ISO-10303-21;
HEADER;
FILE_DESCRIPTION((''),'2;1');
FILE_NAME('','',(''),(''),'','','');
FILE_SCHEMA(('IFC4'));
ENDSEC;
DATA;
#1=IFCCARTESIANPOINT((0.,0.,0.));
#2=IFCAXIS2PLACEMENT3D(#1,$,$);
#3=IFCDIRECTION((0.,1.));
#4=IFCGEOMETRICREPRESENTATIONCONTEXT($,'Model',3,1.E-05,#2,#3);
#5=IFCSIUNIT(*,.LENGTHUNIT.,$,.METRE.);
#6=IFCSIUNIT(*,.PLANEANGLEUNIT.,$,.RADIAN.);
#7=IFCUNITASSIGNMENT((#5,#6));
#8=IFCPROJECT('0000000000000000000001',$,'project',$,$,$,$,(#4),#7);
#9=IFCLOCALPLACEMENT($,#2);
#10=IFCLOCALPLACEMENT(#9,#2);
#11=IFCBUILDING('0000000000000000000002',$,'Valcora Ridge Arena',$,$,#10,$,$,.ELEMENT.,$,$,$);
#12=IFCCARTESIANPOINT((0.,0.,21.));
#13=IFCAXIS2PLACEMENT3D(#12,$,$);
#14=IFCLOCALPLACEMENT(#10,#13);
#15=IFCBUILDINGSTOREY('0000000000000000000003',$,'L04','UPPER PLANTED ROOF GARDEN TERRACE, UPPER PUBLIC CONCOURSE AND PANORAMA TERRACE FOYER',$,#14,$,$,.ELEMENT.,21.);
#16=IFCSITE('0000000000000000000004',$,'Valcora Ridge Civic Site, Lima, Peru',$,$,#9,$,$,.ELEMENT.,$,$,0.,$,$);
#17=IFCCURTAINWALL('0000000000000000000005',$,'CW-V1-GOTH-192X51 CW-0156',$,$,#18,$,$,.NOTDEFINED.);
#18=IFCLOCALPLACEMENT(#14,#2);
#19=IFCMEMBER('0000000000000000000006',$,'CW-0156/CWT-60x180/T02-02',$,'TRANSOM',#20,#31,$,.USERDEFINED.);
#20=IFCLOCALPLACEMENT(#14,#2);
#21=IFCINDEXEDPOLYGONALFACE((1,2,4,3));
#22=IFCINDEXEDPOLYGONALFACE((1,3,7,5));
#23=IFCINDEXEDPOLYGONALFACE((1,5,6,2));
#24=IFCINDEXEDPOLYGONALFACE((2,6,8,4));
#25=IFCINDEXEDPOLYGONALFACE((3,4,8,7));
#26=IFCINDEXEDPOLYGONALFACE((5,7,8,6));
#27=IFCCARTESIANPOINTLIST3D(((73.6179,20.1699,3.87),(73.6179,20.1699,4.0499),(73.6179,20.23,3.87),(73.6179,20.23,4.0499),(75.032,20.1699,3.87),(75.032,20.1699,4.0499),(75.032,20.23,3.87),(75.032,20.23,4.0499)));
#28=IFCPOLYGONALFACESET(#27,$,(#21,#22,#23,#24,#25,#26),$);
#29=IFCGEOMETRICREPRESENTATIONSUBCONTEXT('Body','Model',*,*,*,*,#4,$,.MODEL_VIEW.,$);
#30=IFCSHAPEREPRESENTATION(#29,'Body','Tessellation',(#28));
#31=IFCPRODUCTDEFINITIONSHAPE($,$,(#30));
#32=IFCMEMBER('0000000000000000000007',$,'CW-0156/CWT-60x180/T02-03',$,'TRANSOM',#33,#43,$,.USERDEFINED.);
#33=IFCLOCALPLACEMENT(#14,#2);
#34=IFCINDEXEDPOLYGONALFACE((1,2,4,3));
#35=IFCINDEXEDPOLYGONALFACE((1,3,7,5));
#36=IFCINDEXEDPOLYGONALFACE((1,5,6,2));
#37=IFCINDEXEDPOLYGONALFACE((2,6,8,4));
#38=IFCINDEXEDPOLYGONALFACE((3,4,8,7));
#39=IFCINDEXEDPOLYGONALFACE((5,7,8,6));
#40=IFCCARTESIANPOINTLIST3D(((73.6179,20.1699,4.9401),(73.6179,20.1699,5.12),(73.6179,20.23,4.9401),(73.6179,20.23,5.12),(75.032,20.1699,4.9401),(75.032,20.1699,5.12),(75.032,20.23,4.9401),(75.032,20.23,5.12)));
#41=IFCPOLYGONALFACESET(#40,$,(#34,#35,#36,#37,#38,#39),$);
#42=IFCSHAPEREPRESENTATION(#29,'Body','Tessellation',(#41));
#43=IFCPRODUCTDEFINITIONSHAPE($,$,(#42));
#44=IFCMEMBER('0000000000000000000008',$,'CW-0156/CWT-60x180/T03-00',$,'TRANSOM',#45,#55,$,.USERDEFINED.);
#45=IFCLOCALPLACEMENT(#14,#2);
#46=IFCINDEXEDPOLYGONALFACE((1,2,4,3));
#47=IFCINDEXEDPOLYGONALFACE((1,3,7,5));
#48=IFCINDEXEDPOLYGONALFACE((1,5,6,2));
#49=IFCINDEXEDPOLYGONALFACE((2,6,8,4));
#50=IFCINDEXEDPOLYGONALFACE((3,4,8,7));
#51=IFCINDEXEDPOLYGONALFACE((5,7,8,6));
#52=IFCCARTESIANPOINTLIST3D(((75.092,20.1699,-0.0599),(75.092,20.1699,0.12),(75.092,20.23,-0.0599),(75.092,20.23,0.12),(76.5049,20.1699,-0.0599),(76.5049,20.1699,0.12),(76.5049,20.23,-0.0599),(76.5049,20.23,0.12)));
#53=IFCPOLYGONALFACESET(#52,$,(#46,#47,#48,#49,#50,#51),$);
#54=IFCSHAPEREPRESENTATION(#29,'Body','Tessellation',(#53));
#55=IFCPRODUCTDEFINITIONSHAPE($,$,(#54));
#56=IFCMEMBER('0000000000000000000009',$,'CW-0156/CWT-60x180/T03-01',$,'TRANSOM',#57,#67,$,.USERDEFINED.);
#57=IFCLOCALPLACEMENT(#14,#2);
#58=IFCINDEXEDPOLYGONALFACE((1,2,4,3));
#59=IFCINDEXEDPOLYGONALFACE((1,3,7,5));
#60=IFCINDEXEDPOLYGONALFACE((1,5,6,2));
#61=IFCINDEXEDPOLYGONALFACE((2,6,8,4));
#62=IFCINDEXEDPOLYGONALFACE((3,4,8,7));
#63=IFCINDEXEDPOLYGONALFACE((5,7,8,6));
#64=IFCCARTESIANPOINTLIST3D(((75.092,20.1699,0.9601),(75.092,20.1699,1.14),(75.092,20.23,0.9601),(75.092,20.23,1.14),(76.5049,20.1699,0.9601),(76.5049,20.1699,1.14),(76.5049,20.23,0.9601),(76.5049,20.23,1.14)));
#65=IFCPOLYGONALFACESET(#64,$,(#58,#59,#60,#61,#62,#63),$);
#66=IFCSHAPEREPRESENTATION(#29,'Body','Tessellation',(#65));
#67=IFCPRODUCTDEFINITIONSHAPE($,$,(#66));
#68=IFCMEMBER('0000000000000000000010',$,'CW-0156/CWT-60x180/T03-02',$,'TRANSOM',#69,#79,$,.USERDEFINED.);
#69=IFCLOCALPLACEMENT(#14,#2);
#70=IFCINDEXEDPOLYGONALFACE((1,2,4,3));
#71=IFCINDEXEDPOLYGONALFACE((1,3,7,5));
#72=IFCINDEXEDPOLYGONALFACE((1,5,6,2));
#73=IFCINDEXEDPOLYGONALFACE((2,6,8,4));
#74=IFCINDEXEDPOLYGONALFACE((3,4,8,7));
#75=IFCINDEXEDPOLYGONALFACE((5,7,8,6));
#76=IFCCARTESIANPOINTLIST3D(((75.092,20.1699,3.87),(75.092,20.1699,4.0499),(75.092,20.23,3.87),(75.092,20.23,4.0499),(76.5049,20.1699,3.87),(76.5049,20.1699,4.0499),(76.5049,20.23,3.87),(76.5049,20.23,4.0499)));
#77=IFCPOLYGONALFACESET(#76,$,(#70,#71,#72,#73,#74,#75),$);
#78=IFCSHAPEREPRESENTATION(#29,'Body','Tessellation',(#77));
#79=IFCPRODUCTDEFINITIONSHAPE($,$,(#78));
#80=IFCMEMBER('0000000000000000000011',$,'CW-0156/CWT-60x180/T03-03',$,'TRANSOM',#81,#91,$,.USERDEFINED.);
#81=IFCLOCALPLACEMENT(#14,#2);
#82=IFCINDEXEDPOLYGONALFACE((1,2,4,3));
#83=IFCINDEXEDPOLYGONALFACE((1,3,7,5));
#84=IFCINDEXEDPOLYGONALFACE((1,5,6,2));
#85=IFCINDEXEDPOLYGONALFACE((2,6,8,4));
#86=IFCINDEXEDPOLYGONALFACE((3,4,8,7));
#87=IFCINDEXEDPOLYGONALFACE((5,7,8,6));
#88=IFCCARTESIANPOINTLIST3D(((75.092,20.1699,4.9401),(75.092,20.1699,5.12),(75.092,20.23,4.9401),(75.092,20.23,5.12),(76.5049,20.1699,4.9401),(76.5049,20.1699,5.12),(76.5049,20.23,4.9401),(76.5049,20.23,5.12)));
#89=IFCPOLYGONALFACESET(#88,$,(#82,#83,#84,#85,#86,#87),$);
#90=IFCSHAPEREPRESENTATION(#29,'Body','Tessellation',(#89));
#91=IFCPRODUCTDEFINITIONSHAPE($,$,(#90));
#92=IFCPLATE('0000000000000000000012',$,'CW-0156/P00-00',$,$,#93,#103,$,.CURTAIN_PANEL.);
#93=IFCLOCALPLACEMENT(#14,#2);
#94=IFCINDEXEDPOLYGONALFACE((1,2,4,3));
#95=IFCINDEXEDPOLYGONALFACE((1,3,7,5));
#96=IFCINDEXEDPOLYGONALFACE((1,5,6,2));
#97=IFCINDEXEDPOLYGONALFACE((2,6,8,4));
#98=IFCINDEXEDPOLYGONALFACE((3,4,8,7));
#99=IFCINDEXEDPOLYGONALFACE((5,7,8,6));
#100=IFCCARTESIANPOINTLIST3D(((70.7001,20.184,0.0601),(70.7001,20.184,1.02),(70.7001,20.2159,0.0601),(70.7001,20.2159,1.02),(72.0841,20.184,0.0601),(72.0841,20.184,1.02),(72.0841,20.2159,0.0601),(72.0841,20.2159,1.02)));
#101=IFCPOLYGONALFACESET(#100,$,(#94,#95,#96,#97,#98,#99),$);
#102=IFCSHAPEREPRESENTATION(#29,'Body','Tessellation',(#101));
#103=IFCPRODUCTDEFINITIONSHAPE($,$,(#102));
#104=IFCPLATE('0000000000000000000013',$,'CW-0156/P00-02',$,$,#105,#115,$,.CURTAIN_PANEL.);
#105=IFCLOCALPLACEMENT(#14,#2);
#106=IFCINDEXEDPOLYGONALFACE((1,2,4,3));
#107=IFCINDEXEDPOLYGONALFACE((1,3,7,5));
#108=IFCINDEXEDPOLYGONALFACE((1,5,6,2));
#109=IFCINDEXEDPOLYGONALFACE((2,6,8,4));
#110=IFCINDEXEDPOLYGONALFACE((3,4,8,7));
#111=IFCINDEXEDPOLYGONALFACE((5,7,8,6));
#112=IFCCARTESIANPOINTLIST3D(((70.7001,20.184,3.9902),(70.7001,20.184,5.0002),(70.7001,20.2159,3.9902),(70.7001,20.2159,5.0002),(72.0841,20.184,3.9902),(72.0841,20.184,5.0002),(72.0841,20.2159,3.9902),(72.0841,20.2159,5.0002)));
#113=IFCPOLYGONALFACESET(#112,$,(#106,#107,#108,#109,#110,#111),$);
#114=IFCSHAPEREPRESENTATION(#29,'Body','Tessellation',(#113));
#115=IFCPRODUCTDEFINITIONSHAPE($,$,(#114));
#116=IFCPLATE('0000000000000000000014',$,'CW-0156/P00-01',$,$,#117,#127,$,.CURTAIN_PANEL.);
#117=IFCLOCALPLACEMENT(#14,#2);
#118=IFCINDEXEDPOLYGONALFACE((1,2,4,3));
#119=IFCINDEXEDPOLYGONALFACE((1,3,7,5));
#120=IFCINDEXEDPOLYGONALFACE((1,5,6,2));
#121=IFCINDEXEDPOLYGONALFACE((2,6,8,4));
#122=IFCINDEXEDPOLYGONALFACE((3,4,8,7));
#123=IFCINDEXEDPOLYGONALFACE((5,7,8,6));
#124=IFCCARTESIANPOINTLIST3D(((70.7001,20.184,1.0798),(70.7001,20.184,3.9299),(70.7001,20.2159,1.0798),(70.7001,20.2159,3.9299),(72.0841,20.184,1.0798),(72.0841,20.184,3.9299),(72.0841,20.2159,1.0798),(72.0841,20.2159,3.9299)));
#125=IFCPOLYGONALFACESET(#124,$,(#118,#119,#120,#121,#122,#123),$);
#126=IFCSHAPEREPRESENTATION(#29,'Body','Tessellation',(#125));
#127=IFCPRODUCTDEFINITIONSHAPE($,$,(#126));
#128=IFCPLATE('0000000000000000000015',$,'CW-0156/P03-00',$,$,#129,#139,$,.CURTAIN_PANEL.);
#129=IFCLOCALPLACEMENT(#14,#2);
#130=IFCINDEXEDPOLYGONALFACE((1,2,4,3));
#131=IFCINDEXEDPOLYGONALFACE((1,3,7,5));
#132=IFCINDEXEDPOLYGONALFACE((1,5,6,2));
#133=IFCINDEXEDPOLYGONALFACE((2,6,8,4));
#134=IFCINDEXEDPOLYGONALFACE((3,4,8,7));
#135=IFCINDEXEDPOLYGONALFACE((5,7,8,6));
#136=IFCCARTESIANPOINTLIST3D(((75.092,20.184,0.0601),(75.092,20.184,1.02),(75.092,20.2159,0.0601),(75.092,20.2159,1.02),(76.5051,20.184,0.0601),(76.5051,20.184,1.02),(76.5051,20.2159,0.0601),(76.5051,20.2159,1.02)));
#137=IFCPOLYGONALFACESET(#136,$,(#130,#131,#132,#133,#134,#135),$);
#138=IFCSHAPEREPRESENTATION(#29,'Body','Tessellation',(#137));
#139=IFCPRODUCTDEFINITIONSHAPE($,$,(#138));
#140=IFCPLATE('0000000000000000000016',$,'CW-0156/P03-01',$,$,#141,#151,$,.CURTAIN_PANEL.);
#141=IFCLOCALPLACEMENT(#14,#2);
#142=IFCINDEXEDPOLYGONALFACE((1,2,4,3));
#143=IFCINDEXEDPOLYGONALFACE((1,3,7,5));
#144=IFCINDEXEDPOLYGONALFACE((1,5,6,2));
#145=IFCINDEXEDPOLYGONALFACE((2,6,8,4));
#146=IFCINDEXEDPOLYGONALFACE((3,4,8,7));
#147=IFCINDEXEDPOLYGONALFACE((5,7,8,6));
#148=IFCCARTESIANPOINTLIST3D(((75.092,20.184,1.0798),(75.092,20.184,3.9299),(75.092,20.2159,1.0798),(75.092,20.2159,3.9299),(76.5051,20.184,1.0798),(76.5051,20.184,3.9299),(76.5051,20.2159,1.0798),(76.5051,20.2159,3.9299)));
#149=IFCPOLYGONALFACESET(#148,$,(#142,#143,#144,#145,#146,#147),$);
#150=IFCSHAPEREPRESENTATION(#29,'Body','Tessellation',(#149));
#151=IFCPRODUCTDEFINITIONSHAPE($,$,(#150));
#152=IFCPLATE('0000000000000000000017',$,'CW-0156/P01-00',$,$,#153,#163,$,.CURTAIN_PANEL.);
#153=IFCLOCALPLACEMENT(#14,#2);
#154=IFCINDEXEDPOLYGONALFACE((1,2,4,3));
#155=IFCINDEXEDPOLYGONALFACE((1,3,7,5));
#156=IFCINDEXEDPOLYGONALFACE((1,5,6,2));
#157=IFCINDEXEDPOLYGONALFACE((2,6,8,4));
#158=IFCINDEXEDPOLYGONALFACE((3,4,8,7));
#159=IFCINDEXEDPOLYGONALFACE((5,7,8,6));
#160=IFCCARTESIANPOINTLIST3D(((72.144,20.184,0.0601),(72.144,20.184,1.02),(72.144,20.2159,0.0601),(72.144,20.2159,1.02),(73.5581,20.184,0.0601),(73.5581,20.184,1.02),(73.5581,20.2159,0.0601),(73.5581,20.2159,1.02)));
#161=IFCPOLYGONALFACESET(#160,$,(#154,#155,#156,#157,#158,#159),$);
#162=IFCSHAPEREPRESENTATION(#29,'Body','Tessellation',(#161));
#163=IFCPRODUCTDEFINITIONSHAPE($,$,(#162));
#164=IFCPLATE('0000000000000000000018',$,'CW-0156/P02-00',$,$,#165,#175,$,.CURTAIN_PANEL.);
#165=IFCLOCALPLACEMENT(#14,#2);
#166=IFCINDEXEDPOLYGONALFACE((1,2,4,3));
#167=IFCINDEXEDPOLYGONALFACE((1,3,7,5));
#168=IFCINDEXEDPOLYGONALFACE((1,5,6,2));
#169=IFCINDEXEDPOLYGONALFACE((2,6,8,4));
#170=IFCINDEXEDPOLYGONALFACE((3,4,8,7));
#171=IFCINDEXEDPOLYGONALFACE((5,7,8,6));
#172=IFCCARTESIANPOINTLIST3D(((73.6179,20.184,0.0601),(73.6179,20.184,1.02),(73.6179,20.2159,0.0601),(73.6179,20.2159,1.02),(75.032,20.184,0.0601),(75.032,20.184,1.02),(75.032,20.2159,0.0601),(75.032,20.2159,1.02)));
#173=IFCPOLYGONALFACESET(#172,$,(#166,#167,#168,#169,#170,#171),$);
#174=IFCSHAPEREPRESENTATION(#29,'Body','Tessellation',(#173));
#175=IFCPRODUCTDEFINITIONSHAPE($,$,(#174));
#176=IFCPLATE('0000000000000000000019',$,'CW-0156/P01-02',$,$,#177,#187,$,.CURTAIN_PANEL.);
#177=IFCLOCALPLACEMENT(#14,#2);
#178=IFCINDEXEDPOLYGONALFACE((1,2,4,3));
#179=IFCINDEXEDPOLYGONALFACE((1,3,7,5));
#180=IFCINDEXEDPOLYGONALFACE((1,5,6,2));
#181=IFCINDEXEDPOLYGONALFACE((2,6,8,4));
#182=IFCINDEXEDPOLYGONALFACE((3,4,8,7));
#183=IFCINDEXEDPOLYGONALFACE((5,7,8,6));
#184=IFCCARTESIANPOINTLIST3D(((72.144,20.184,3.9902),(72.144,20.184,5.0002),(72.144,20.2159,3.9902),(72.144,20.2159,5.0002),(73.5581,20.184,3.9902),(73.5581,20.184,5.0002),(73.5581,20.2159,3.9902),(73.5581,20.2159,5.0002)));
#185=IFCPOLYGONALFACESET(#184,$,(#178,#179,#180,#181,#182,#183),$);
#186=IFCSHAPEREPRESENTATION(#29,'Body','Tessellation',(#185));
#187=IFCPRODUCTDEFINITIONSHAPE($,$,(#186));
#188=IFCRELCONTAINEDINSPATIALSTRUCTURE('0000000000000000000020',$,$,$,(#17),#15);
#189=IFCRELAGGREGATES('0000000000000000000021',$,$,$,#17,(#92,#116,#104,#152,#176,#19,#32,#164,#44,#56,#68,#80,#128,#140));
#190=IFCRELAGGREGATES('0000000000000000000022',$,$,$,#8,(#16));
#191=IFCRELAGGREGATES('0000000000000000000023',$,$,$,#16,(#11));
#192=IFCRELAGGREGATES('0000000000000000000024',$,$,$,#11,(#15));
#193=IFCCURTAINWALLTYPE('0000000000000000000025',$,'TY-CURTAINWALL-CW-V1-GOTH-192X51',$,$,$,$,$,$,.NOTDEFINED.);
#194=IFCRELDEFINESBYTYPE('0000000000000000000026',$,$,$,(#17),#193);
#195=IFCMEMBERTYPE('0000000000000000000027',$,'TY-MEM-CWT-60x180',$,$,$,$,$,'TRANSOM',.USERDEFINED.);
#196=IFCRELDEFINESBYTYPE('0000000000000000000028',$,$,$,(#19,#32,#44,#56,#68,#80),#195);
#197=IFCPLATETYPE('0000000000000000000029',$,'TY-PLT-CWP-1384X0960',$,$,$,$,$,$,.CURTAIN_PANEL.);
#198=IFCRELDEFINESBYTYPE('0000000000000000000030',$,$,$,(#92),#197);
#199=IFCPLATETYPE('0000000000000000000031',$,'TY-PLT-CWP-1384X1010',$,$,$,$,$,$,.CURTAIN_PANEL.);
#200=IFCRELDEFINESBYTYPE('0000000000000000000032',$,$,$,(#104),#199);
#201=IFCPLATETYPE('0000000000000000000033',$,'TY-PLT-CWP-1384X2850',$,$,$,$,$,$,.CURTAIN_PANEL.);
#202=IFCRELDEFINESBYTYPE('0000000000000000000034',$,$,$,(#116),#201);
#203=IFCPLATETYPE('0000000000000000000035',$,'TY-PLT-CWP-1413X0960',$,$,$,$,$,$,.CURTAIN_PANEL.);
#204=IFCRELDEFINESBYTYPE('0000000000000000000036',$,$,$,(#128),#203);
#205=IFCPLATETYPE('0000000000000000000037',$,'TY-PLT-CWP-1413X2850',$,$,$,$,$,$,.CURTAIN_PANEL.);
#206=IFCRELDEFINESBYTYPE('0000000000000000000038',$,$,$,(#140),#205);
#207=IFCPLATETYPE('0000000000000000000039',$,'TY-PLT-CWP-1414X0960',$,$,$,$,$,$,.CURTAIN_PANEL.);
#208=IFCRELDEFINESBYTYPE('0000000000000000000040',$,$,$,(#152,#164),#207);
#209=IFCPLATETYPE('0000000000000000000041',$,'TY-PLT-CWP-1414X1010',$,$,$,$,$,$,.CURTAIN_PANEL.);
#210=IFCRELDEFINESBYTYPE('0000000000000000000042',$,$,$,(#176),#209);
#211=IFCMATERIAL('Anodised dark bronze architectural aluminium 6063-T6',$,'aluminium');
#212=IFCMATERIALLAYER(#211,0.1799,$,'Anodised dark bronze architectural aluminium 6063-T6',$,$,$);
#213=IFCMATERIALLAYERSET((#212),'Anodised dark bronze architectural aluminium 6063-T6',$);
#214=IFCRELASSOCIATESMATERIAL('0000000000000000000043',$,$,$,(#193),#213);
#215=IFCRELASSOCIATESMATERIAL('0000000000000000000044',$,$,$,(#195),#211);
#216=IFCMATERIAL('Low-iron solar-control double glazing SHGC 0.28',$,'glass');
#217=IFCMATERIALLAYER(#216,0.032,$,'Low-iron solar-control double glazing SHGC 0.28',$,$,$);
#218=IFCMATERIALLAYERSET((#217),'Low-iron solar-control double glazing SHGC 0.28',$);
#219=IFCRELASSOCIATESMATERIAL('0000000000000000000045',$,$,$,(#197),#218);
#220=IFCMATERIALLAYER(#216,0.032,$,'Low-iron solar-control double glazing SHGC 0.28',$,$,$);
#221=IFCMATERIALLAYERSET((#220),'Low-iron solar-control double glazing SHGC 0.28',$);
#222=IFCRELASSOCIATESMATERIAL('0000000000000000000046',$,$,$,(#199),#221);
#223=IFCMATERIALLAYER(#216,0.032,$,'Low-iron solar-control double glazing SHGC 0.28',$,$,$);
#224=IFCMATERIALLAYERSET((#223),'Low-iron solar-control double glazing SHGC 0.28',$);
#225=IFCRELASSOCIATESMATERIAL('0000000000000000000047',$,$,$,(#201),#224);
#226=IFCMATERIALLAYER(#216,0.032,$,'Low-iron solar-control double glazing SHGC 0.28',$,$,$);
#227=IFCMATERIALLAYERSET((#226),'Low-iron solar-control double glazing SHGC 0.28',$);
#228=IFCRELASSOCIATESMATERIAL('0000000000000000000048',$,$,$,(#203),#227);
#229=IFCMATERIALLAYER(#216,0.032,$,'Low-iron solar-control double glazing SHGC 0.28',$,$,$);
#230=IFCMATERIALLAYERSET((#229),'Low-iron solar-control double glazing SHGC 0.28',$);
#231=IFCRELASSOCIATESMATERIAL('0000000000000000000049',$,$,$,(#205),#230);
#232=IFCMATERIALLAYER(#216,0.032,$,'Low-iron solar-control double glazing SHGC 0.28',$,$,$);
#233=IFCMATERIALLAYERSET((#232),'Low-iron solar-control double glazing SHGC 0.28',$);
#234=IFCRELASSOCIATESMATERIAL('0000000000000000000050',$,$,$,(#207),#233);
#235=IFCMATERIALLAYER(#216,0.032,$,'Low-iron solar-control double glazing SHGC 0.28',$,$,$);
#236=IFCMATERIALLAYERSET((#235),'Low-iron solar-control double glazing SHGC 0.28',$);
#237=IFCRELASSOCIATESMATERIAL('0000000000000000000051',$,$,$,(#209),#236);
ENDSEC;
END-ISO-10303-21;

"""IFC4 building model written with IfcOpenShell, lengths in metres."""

from ifc_helpers import new_model, si_unit, direction, frame, origin, origin_2d, place, context, subcontext, project, spatial, rectangle, extrude, material, layer, layer_set, material_profile, profile_set, type_object, element, aggregate, save


model = new_model("IFC4")

# Units and contexts
model_context = context("Model", 3, precision=1e-05, world=origin(), true_north=direction((0.0, 1.0)))
body_context = subcontext(model_context, "Body", "Model", "MODEL_VIEW")
ifc_project = project(units=[si_unit("LENGTHUNIT", "METRE"), si_unit("PLANEANGLEUNIT", "RADIAN")], contexts=[model_context])

# Site, building, storey
site_placement = place(None, origin())
site = spatial("IfcSite", under=ifc_project, at=site_placement, Name="Valcora Ridge Civic Site, Lima, Peru", CompositionType="ELEMENT", RefElevation=0.0)
building_placement = place(site_placement, origin())
building = spatial("IfcBuilding", under=site, at=building_placement, Name="Valcora Ridge Arena", CompositionType="ELEMENT")
storey_placement = place(building_placement, frame((0.0, 0.0, 21.0)))
storey = spatial("IfcBuildingStorey", under=building, at=storey_placement, Name="L04", Description="UPPER PLANTED ROOF GARDEN TERRACE, UPPER PUBLIC CONCOURSE AND PANORAMA TERRACE FOYER", CompositionType="ELEMENT", Elevation=21.0)

# Shared definitions
ifc_material_1 = material(Name="Anodised dark bronze architectural aluminium 6063-T6", Category="aluminium")

# Curtain wall, members, plates
ifc_layer_1 = layer(ifc_material_1, 0.1799, Name="Anodised dark bronze architectural aluminium 6063-T6")
ifc_layer_set_1 = layer_set([ifc_layer_1], Name="Anodised dark bronze architectural aluminium 6063-T6")
curtain_wall_type_1 = type_object("IfcCurtainWallType", Name="TY-CURTAINWALL-CW-V1-GOTH-192X51", PredefinedType="NOTDEFINED", material=ifc_layer_set_1)
curtain_wall_1_placement = place(storey_placement, origin())
curtain_wall_1 = element("IfcCurtainWall", 1, at=curtain_wall_1_placement, inside=storey, type_object=curtain_wall_type_1, Name="CW-V1-GOTH-192X51 CW-0156", PredefinedType="NOTDEFINED")
ifc_material_profile_1 = material_profile(ifc_material_1, rectangle(XDim=0.0601, YDim=0.1799, at=origin_2d()), Name="ALU TRANSOM 60x180")
ifc_profile_set_1 = profile_set([ifc_material_profile_1], Name="Anodised dark bronze architectural aluminium 6063-T6")
member_type_1 = type_object("IfcMemberType", Name="TY-MEM-CWT-60x180", ElementType="TRANSOM", PredefinedType="USERDEFINED", material=ifc_profile_set_1)
member_1_placement = place(storey_placement, frame((73.6179, 20.2, 3.96), z_axis=(1.0, 0.0, 0.0), x_axis=(0.0, 1.0, 0.0)))
member_1 = element("IfcMember", 2, at=member_1_placement, type_object=member_type_1, Name="CW-0156/CWT-60x180/T02-02", ObjectType="TRANSOM", PredefinedType="USERDEFINED", context=body_context, shape_type="SweptSolid", body=[
    extrude(rectangle(XDim=0.0601, YDim=0.1799, at=origin_2d()), origin(), (0.0, 0.0, 1.0), 1.4141),
])
member_2_placement = place(storey_placement, frame((73.6179, 20.2, 5.03), z_axis=(1.0, 0.0, 0.0), x_axis=(0.0, 1.0, 0.0)))
member_2 = element("IfcMember", 3, at=member_2_placement, type_object=member_type_1, Name="CW-0156/CWT-60x180/T02-03", ObjectType="TRANSOM", PredefinedType="USERDEFINED", context=body_context, shape_type="SweptSolid", body=[
    extrude(rectangle(XDim=0.0601, YDim=0.1799, at=origin_2d()), origin(), (0.0, 0.0, 1.0), 1.4141),
])
member_3_placement = place(storey_placement, frame((75.092, 20.2, 0.03), z_axis=(1.0, 0.0, 0.0), x_axis=(0.0, 1.0, 0.0)))
member_3 = element("IfcMember", 4, at=member_3_placement, type_object=member_type_1, Name="CW-0156/CWT-60x180/T03-00", ObjectType="TRANSOM", PredefinedType="USERDEFINED", context=body_context, shape_type="SweptSolid", body=[
    extrude(rectangle(XDim=0.0601, YDim=0.1799, at=origin_2d()), origin(), (0.0, 0.0, 1.0), 1.4128),
])
member_4_placement = place(storey_placement, frame((75.092, 20.2, 1.05), z_axis=(1.0, 0.0, 0.0), x_axis=(0.0, 1.0, 0.0)))
member_4 = element("IfcMember", 5, at=member_4_placement, type_object=member_type_1, Name="CW-0156/CWT-60x180/T03-01", ObjectType="TRANSOM", PredefinedType="USERDEFINED", context=body_context, shape_type="SweptSolid", body=[
    extrude(rectangle(XDim=0.0601, YDim=0.1799, at=origin_2d()), origin(), (0.0, 0.0, 1.0), 1.4128),
])
member_5_placement = place(storey_placement, frame((75.092, 20.2, 3.96), z_axis=(1.0, 0.0, 0.0), x_axis=(0.0, 1.0, 0.0)))
member_5 = element("IfcMember", 6, at=member_5_placement, type_object=member_type_1, Name="CW-0156/CWT-60x180/T03-02", ObjectType="TRANSOM", PredefinedType="USERDEFINED", context=body_context, shape_type="SweptSolid", body=[
    extrude(rectangle(XDim=0.0601, YDim=0.1799, at=origin_2d()), origin(), (0.0, 0.0, 1.0), 1.4128),
])
member_6_placement = place(storey_placement, frame((75.092, 20.2, 5.03), z_axis=(1.0, 0.0, 0.0), x_axis=(0.0, 1.0, 0.0)))
member_6 = element("IfcMember", 7, at=member_6_placement, type_object=member_type_1, Name="CW-0156/CWT-60x180/T03-03", ObjectType="TRANSOM", PredefinedType="USERDEFINED", context=body_context, shape_type="SweptSolid", body=[
    extrude(rectangle(XDim=0.0601, YDim=0.1799, at=origin_2d()), origin(), (0.0, 0.0, 1.0), 1.4128),
])
ifc_material_2 = material(Name="Low-iron solar-control double glazing SHGC 0.28", Category="glass")
ifc_layer_2 = layer(ifc_material_2, 0.032, Name="Low-iron solar-control double glazing SHGC 0.28")
ifc_layer_set_2 = layer_set([ifc_layer_2], Name="Low-iron solar-control double glazing SHGC 0.28")
plate_type_1 = type_object("IfcPlateType", Name="TY-PLT-CWP-1384X0960", PredefinedType="CURTAIN_PANEL", material=ifc_layer_set_2)
plate_1_placement = place(storey_placement, frame((71.3921, 20.2, 0.0601), z_axis=(0.0, 0.0, 1.0), x_axis=(1.0, 0.0, 0.0)))
plate_1 = element("IfcPlate", 8, at=plate_1_placement, type_object=plate_type_1, Name="CW-0156/P00-00", PredefinedType="CURTAIN_PANEL", context=body_context, shape_type="SweptSolid", body=[
    extrude(rectangle(XDim=1.384, YDim=0.032, at=origin_2d()), origin(), (0.0, 0.0, 1.0), 0.96),
])
ifc_layer_3 = layer(ifc_material_2, 0.032, Name="Low-iron solar-control double glazing SHGC 0.28")
ifc_layer_set_3 = layer_set([ifc_layer_3], Name="Low-iron solar-control double glazing SHGC 0.28")
plate_type_2 = type_object("IfcPlateType", Name="TY-PLT-CWP-1384X1010", PredefinedType="CURTAIN_PANEL", material=ifc_layer_set_3)
plate_2_placement = place(storey_placement, frame((71.3921, 20.2, 3.9902), z_axis=(0.0, 0.0, 1.0), x_axis=(1.0, 0.0, 0.0)))
plate_2 = element("IfcPlate", 9, at=plate_2_placement, type_object=plate_type_2, Name="CW-0156/P00-02", PredefinedType="CURTAIN_PANEL", context=body_context, shape_type="SweptSolid", body=[
    extrude(rectangle(XDim=1.384, YDim=0.032, at=origin_2d()), origin(), (0.0, 0.0, 1.0), 1.01),
])
ifc_layer_4 = layer(ifc_material_2, 0.032, Name="Low-iron solar-control double glazing SHGC 0.28")
ifc_layer_set_4 = layer_set([ifc_layer_4], Name="Low-iron solar-control double glazing SHGC 0.28")
plate_type_3 = type_object("IfcPlateType", Name="TY-PLT-CWP-1384X2850", PredefinedType="CURTAIN_PANEL", material=ifc_layer_set_4)
plate_3_placement = place(storey_placement, frame((71.3921, 20.2, 1.0798), z_axis=(0.0, 0.0, 1.0), x_axis=(1.0, 0.0, 0.0)))
plate_3 = element("IfcPlate", 10, at=plate_3_placement, type_object=plate_type_3, Name="CW-0156/P00-01", PredefinedType="CURTAIN_PANEL", context=body_context, shape_type="SweptSolid", body=[
    extrude(rectangle(XDim=1.384, YDim=0.032, at=origin_2d()), origin(), (0.0, 0.0, 1.0), 2.8501),
])
ifc_layer_5 = layer(ifc_material_2, 0.032, Name="Low-iron solar-control double glazing SHGC 0.28")
ifc_layer_set_5 = layer_set([ifc_layer_5], Name="Low-iron solar-control double glazing SHGC 0.28")
plate_type_4 = type_object("IfcPlateType", Name="TY-PLT-CWP-1413X0960", PredefinedType="CURTAIN_PANEL", material=ifc_layer_set_5)
plate_4_placement = place(storey_placement, frame((75.7986, 20.2, 0.0601), z_axis=(0.0, 0.0, 1.0), x_axis=(1.0, 0.0, 0.0)))
plate_4 = element("IfcPlate", 11, at=plate_4_placement, type_object=plate_type_4, Name="CW-0156/P03-00", PredefinedType="CURTAIN_PANEL", context=body_context, shape_type="SweptSolid", body=[
    extrude(rectangle(XDim=1.4131, YDim=0.032, at=origin_2d()), origin(), (0.0, 0.0, 1.0), 0.96),
])
ifc_layer_6 = layer(ifc_material_2, 0.032, Name="Low-iron solar-control double glazing SHGC 0.28")
ifc_layer_set_6 = layer_set([ifc_layer_6], Name="Low-iron solar-control double glazing SHGC 0.28")
plate_type_5 = type_object("IfcPlateType", Name="TY-PLT-CWP-1413X2850", PredefinedType="CURTAIN_PANEL", material=ifc_layer_set_6)
plate_5_placement = place(storey_placement, frame((75.7986, 20.2, 1.0798), z_axis=(0.0, 0.0, 1.0), x_axis=(1.0, 0.0, 0.0)))
plate_5 = element("IfcPlate", 12, at=plate_5_placement, type_object=plate_type_5, Name="CW-0156/P03-01", PredefinedType="CURTAIN_PANEL", context=body_context, shape_type="SweptSolid", body=[
    extrude(rectangle(XDim=1.4131, YDim=0.032, at=origin_2d()), origin(), (0.0, 0.0, 1.0), 2.8501),
])
ifc_layer_7 = layer(ifc_material_2, 0.032, Name="Low-iron solar-control double glazing SHGC 0.28")
ifc_layer_set_7 = layer_set([ifc_layer_7], Name="Low-iron solar-control double glazing SHGC 0.28")
plate_type_6 = type_object("IfcPlateType", Name="TY-PLT-CWP-1414X0960", PredefinedType="CURTAIN_PANEL", material=ifc_layer_set_7)
plate_6_placement = place(storey_placement, frame((72.8511, 20.2, 0.0601), z_axis=(0.0, 0.0, 1.0), x_axis=(1.0, 0.0, 0.0)))
plate_6 = element("IfcPlate", 13, at=plate_6_placement, type_object=plate_type_6, Name="CW-0156/P01-00", PredefinedType="CURTAIN_PANEL", context=body_context, shape_type="SweptSolid", body=[
    extrude(rectangle(XDim=1.4141, YDim=0.032, at=origin_2d()), origin(), (0.0, 0.0, 1.0), 0.96),
])
plate_7_placement = place(storey_placement, frame((74.325, 20.2, 0.0601), z_axis=(0.0, 0.0, 1.0), x_axis=(1.0, 0.0, 0.0)))
plate_7 = element("IfcPlate", 14, at=plate_7_placement, type_object=plate_type_6, Name="CW-0156/P02-00", PredefinedType="CURTAIN_PANEL", context=body_context, shape_type="SweptSolid", body=[
    extrude(rectangle(XDim=1.4141, YDim=0.032, at=origin_2d()), origin(), (0.0, 0.0, 1.0), 0.96),
])
ifc_layer_8 = layer(ifc_material_2, 0.032, Name="Low-iron solar-control double glazing SHGC 0.28")
ifc_layer_set_8 = layer_set([ifc_layer_8], Name="Low-iron solar-control double glazing SHGC 0.28")
plate_type_7 = type_object("IfcPlateType", Name="TY-PLT-CWP-1414X1010", PredefinedType="CURTAIN_PANEL", material=ifc_layer_set_8)
plate_8_placement = place(storey_placement, frame((72.8511, 20.2, 3.9902), z_axis=(0.0, 0.0, 1.0), x_axis=(1.0, 0.0, 0.0)))
plate_8 = element("IfcPlate", 15, at=plate_8_placement, type_object=plate_type_7, Name="CW-0156/P01-02", PredefinedType="CURTAIN_PANEL", context=body_context, shape_type="SweptSolid", body=[
    extrude(rectangle(XDim=1.4141, YDim=0.032, at=origin_2d()), origin(), (0.0, 0.0, 1.0), 1.01),
])
aggregate(curtain_wall_1, [plate_1, plate_3, plate_2, plate_6, plate_8, member_1, member_2, plate_7, member_3, member_4, member_5, member_6, plate_4, plate_5])

save(model, "model.ifc")
